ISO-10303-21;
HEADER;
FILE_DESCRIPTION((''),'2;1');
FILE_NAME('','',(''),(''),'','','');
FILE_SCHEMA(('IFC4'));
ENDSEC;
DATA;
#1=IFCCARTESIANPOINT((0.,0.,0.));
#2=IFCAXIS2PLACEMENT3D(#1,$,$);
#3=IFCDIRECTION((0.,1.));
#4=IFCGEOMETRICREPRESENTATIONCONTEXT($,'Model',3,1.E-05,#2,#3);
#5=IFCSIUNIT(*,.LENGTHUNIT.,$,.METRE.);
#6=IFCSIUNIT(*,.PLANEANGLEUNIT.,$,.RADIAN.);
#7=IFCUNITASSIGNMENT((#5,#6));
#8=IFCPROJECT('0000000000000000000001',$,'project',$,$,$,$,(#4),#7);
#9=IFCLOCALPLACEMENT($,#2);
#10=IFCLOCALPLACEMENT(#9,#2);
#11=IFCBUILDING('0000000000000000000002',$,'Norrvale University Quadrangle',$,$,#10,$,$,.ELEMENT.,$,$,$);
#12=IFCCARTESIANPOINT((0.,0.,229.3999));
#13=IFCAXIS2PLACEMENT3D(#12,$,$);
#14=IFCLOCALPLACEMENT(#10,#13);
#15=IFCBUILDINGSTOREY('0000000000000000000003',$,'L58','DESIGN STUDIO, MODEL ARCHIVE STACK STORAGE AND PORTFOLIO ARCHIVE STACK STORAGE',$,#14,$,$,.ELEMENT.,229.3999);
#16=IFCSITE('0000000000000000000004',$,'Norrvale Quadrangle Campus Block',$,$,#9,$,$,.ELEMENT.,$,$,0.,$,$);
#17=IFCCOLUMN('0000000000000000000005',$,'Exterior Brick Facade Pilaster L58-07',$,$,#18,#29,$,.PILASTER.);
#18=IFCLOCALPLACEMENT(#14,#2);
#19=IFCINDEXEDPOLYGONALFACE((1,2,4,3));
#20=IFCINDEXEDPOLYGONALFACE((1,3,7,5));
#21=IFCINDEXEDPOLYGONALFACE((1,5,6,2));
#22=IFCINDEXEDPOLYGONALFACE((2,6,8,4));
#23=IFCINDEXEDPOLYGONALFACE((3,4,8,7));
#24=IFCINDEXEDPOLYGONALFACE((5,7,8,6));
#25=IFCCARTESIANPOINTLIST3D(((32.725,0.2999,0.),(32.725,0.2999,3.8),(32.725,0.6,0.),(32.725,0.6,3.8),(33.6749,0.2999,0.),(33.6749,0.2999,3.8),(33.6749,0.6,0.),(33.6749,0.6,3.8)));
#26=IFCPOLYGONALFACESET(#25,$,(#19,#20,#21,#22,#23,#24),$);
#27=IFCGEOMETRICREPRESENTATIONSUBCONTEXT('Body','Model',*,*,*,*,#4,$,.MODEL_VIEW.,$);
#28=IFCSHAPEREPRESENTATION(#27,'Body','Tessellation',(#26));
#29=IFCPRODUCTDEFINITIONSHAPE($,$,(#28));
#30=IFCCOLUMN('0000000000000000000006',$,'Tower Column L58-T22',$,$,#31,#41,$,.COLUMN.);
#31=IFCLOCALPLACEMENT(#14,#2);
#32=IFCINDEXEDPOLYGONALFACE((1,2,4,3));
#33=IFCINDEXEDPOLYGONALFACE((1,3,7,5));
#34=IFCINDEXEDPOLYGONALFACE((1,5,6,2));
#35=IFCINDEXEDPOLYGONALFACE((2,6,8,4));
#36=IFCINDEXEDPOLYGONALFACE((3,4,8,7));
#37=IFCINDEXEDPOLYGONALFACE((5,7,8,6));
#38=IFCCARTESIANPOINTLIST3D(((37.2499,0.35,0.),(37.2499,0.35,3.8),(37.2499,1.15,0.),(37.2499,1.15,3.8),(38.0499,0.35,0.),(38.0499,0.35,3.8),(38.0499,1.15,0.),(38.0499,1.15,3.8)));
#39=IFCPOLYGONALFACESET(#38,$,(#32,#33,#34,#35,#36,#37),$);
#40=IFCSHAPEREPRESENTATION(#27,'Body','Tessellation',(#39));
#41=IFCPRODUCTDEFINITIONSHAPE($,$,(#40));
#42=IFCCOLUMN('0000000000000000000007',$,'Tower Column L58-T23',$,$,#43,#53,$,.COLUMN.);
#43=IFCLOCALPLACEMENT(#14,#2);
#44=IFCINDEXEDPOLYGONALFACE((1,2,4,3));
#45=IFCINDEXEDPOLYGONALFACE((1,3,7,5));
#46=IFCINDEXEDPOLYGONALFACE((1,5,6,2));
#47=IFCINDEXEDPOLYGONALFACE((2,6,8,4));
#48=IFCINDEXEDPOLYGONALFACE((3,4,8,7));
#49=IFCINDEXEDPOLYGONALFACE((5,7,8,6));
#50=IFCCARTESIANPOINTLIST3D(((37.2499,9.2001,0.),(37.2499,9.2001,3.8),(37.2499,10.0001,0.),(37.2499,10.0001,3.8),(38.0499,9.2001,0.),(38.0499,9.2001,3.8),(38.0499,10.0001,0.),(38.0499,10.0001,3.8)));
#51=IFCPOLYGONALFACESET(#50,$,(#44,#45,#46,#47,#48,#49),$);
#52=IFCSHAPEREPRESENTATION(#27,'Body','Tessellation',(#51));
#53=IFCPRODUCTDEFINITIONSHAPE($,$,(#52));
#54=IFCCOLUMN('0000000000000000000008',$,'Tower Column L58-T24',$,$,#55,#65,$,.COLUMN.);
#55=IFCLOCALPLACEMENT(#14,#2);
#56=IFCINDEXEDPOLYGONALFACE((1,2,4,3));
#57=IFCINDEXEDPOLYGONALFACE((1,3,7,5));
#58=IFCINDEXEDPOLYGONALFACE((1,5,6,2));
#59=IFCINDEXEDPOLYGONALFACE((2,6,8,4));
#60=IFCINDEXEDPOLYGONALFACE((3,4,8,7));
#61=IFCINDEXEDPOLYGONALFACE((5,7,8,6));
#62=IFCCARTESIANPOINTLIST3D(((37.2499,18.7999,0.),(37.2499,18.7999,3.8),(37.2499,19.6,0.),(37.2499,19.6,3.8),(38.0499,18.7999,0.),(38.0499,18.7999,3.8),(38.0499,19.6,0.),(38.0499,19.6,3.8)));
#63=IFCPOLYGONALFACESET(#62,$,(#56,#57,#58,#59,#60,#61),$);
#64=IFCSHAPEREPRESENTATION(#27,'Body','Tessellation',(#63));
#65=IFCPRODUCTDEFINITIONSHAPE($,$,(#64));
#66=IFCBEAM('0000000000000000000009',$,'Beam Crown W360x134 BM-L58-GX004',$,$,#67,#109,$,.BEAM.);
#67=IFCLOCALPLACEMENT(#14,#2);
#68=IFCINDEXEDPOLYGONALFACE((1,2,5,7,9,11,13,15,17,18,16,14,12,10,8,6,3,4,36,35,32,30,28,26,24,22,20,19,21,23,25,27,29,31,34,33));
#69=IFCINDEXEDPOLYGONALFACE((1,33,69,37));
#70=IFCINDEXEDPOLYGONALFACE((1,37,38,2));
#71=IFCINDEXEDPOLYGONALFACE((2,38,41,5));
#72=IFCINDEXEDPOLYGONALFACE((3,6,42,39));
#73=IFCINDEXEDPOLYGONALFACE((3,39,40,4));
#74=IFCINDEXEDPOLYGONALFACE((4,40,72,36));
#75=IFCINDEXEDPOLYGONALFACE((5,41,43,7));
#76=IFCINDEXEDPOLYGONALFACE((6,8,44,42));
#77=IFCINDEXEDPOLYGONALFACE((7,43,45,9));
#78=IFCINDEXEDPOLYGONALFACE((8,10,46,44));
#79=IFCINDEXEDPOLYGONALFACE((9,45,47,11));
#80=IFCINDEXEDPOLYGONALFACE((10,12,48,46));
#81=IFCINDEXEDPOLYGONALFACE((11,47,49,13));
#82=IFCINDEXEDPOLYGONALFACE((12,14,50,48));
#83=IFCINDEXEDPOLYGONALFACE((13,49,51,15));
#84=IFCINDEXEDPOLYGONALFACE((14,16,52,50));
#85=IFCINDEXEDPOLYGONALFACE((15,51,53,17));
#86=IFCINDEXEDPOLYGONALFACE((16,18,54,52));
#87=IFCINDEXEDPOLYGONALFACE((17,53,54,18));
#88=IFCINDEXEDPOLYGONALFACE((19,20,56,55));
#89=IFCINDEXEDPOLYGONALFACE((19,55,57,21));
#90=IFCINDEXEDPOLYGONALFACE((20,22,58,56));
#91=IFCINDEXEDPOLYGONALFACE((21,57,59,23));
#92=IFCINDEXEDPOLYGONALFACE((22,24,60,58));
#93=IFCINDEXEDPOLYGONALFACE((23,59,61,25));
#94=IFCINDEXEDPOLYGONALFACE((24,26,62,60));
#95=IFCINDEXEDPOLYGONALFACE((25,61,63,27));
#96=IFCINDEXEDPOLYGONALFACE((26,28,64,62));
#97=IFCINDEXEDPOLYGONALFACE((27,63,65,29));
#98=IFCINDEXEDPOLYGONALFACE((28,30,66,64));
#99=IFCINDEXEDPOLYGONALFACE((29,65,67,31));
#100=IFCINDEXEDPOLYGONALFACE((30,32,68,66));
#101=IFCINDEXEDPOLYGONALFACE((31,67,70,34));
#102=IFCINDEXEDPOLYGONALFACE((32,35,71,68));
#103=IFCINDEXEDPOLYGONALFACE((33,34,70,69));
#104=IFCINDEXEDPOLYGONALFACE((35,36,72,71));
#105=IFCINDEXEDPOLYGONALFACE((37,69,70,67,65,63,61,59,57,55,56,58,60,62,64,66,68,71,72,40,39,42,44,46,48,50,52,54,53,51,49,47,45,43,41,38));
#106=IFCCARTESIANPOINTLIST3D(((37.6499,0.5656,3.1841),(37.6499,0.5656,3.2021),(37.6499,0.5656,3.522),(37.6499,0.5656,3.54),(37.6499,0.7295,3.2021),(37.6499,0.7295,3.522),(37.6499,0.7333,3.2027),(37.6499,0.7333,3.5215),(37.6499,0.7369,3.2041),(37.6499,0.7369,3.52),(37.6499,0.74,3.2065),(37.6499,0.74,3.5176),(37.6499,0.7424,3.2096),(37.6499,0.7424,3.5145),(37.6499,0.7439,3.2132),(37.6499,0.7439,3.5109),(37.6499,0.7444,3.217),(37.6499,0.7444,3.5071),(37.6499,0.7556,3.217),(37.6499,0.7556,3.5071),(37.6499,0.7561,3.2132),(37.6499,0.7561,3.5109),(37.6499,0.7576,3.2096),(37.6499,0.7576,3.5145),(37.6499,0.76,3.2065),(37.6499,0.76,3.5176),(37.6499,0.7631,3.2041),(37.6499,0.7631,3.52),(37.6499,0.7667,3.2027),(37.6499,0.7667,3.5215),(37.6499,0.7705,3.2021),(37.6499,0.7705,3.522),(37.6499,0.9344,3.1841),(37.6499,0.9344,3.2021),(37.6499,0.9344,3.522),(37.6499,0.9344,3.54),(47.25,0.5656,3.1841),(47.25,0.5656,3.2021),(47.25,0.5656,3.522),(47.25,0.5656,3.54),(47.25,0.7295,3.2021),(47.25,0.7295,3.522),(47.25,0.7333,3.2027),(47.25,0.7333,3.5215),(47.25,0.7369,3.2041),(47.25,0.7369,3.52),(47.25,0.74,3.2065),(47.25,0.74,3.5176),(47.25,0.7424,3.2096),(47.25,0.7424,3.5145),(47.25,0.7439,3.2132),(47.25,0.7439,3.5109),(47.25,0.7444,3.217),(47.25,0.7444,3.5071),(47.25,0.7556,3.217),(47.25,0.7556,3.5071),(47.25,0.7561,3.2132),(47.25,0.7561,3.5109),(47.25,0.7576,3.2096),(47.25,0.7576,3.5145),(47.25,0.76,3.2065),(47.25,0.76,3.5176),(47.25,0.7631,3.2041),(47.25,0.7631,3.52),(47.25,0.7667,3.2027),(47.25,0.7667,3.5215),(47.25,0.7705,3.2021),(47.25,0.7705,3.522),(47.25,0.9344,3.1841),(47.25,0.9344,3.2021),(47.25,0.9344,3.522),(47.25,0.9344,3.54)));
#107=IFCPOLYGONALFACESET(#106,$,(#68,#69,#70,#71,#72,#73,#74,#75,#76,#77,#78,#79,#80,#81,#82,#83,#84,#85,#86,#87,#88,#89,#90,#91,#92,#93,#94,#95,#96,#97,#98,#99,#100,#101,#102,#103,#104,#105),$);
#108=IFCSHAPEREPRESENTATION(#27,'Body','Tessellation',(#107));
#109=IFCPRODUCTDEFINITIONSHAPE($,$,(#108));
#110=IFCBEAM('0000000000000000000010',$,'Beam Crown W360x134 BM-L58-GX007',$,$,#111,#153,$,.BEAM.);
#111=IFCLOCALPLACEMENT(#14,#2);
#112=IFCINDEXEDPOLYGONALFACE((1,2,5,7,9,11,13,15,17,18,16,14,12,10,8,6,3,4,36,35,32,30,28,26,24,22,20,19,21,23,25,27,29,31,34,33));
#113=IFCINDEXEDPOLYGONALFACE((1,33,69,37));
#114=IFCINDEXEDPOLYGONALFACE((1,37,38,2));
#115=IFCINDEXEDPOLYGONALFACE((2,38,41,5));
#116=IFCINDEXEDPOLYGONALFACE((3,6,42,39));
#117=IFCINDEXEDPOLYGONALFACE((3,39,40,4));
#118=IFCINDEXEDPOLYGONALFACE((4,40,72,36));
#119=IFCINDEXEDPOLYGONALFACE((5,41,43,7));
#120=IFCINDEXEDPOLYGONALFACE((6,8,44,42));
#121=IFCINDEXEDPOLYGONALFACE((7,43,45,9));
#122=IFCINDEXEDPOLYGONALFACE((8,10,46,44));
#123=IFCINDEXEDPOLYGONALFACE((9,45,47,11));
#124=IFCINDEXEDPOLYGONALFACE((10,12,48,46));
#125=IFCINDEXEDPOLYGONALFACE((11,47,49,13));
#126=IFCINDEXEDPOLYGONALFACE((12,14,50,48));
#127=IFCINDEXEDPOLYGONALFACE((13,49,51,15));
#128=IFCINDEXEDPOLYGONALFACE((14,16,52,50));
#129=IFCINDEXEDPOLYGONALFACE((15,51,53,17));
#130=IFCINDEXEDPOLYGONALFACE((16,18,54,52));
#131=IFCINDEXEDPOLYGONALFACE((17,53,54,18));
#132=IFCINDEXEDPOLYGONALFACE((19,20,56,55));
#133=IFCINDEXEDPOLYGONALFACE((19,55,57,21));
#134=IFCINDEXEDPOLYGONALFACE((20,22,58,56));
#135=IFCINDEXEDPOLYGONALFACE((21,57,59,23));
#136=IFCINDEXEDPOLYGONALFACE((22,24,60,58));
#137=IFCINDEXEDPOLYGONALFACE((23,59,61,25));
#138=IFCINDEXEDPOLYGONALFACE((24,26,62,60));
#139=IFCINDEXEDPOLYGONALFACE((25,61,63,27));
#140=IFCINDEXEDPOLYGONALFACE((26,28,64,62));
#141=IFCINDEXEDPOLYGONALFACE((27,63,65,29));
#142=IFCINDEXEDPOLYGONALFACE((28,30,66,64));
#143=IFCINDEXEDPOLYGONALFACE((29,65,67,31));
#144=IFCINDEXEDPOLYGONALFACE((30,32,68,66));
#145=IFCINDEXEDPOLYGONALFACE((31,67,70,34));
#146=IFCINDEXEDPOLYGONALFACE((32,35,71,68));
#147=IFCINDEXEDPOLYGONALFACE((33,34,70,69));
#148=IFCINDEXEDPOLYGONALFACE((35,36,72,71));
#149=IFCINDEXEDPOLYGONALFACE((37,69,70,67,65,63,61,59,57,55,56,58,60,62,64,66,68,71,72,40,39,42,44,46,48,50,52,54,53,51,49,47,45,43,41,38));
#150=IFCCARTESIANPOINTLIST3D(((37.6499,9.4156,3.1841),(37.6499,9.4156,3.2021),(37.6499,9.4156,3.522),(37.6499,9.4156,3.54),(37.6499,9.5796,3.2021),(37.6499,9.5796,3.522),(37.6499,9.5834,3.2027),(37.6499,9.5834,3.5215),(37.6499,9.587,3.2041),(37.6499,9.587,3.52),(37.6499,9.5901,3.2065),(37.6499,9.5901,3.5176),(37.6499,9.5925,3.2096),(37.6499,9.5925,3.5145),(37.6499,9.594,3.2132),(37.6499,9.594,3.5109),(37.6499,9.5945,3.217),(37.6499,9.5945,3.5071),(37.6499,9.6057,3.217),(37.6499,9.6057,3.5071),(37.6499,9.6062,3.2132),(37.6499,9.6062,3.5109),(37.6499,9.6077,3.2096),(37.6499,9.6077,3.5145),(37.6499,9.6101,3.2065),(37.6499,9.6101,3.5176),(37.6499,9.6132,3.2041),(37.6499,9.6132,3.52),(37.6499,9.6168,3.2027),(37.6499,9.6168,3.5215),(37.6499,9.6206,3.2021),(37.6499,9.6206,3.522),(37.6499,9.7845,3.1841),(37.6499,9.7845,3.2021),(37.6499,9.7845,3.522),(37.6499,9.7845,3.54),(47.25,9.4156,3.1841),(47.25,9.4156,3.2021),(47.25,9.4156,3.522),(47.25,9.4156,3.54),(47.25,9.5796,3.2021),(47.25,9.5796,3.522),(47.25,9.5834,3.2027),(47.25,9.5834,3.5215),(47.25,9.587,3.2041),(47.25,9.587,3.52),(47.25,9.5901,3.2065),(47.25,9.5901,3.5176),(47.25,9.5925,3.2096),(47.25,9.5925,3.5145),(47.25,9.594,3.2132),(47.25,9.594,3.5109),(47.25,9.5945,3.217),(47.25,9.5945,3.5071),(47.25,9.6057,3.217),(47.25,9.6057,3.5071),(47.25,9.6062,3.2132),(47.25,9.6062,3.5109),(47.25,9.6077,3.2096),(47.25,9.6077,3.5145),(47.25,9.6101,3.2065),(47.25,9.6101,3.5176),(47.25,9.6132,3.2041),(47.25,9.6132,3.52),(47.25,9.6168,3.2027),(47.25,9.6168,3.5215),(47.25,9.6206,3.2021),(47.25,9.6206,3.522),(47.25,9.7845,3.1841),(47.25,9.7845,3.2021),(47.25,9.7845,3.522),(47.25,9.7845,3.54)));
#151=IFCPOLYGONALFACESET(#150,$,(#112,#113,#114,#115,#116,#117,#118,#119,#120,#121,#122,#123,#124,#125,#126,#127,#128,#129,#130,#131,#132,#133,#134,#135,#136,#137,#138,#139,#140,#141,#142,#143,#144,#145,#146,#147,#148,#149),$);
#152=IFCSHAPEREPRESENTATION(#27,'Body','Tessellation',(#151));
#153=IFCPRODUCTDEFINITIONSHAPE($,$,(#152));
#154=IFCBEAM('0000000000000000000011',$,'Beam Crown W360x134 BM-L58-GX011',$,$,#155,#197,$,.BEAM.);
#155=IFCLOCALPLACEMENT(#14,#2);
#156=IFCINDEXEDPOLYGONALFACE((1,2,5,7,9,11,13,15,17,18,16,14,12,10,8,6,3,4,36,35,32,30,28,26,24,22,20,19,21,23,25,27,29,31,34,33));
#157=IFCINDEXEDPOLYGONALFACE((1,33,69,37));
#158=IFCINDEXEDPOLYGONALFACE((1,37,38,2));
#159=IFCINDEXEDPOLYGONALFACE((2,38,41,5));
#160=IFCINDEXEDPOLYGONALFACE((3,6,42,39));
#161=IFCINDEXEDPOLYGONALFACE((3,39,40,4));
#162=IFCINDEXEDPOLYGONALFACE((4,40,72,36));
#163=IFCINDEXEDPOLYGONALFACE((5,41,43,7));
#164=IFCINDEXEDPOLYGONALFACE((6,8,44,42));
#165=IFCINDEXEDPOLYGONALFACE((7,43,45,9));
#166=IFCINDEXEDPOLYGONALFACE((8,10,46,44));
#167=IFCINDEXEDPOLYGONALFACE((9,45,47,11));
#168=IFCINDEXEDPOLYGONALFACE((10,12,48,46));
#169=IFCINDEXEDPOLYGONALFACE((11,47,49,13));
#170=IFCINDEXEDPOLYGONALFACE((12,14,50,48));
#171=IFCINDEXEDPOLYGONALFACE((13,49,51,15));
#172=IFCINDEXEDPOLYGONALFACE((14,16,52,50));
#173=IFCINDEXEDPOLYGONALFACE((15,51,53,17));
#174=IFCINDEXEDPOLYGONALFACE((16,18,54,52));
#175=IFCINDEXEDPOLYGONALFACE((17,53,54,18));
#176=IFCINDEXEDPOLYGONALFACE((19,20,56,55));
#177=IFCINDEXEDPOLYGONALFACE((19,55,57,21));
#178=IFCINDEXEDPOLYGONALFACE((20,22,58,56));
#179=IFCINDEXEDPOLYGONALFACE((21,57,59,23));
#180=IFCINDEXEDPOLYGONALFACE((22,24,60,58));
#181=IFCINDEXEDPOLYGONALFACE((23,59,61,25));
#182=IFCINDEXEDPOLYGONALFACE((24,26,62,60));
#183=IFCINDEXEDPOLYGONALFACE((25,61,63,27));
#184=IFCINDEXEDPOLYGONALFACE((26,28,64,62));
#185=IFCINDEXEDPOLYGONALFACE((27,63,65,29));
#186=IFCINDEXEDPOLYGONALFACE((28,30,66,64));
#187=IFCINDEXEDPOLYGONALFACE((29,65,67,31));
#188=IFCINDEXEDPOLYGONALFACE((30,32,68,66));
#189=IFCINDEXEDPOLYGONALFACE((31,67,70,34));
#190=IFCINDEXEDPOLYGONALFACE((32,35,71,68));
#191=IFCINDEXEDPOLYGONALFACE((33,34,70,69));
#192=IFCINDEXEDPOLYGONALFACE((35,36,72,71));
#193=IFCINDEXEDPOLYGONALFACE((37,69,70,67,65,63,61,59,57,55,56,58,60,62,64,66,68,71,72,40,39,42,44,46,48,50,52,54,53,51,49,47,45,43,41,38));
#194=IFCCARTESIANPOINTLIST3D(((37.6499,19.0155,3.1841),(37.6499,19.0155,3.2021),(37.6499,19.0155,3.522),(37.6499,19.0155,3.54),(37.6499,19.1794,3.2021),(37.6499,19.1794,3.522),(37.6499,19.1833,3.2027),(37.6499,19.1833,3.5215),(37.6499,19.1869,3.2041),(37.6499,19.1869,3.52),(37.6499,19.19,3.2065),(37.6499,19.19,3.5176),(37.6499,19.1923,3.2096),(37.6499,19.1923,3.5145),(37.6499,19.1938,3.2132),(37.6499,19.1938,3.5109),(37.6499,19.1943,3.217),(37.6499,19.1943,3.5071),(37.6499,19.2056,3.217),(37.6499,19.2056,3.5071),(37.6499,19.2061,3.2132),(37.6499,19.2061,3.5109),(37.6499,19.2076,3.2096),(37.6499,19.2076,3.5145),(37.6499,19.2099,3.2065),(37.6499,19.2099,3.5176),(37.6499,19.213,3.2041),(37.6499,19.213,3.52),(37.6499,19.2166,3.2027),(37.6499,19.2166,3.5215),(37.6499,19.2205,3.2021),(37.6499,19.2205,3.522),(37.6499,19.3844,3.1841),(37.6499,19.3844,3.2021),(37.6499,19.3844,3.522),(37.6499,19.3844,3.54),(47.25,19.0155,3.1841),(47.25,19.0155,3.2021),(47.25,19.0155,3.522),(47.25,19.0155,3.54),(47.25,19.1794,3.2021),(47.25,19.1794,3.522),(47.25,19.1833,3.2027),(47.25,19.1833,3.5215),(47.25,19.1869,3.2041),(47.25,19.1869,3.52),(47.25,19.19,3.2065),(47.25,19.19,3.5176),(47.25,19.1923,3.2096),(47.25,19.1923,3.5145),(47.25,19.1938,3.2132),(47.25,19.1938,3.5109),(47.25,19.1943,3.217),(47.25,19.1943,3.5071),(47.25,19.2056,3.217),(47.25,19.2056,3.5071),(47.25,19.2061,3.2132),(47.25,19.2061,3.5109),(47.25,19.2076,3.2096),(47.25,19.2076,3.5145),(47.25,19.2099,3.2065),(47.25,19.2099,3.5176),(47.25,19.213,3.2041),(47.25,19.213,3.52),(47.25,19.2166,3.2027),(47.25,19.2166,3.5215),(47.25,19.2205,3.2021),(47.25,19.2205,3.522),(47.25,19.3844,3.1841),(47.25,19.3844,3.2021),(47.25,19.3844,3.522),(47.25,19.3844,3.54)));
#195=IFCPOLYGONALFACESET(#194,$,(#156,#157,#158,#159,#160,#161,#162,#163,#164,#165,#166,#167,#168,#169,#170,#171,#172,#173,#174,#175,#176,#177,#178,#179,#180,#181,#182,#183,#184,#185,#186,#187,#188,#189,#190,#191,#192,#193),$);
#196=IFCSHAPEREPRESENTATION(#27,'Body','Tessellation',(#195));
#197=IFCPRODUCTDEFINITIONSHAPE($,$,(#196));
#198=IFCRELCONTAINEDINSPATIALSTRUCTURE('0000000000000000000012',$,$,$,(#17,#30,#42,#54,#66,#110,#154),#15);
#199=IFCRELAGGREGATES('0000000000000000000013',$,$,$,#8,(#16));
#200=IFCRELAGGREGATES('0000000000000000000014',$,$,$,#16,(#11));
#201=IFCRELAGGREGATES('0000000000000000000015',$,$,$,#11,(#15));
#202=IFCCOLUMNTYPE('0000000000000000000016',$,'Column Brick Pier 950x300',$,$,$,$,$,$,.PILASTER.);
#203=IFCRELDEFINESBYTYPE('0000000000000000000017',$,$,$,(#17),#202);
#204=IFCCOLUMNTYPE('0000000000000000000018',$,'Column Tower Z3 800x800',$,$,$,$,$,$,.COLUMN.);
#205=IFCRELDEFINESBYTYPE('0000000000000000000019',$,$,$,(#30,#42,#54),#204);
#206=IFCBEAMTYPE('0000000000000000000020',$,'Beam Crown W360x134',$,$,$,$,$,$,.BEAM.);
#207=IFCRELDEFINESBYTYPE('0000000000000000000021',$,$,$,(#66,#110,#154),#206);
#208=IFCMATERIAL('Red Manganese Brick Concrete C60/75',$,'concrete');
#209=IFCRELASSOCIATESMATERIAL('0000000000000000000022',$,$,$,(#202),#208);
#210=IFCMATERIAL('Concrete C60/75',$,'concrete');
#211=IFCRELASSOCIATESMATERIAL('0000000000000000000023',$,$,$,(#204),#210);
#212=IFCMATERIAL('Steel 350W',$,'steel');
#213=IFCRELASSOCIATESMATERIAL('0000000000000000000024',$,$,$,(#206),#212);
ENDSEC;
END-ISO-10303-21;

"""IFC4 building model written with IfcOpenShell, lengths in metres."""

from ifc_helpers import new_model, si_unit, direction, frame, origin, origin_2d, place, context, subcontext, project, spatial, rectangle, i_section, extrude, material, material_profile, profile_set, type_object, element, save


model = new_model("IFC4")

# Units and contexts
model_context = context("Model", 3, precision=1e-05, world=origin(), true_north=direction((0.0, 1.0)))
body_context = subcontext(model_context, "Body", "Model", "MODEL_VIEW")
ifc_project = project(units=[si_unit("LENGTHUNIT", "METRE"), si_unit("PLANEANGLEUNIT", "RADIAN")], contexts=[model_context])

# Site, building, storey
site_placement = place(None, origin())
site = spatial("IfcSite", under=ifc_project, at=site_placement, Name="Norrvale Quadrangle Campus Block", CompositionType="ELEMENT", RefElevation=0.0)
building_placement = place(site_placement, origin())
building = spatial("IfcBuilding", under=site, at=building_placement, Name="Norrvale University Quadrangle", CompositionType="ELEMENT")
storey_placement = place(building_placement, frame((0.0, 0.0, 229.3999)))
storey = spatial("IfcBuildingStorey", under=building, at=storey_placement, Name="L58", Description="DESIGN STUDIO, MODEL ARCHIVE STACK STORAGE AND PORTFOLIO ARCHIVE STACK STORAGE", CompositionType="ELEMENT", Elevation=229.3999)

# Columns
ifc_material_1 = material(Name="Red Manganese Brick Concrete C60/75", Category="concrete")
ifc_material_profile_1 = material_profile(ifc_material_1, rectangle(XDim=0.95, YDim=0.3, at=origin_2d()), Name="Red Manganese Brick Concrete C60/75")
ifc_profile_set_1 = profile_set([ifc_material_profile_1], Name="Red Manganese Brick Concrete C60/75")
column_type_1 = type_object("IfcColumnType", Name="Column Brick Pier 950x300", PredefinedType="PILASTER", material=ifc_profile_set_1)
column_placement = place(storey_placement, frame((33.2, 0.45, 0.0), z_axis=(0.0, 0.0, 1.0), x_axis=(1.0, 0.0, 0.0)))
element("IfcColumn", 1, at=column_placement, inside=storey, type_object=column_type_1, Name="Exterior Brick Facade Pilaster L58-07", PredefinedType="PILASTER", context=body_context, shape_type="SweptSolid", body=[
    extrude(rectangle(XDim=0.95, YDim=0.3, at=origin_2d()), origin(), (0.0, 0.0, 1.0), 3.8),
])
ifc_material_2 = material(Name="Concrete C60/75", Category="concrete")
ifc_material_profile_2 = material_profile(ifc_material_2, rectangle(XDim=0.8, YDim=0.8, at=origin_2d()), Name="Concrete C60/75")
ifc_profile_set_2 = profile_set([ifc_material_profile_2], Name="Concrete C60/75")
column_type_2 = type_object("IfcColumnType", Name="Column Tower Z3 800x800", PredefinedType="COLUMN", material=ifc_profile_set_2)
for number, where, z_axis, x_axis, name in (
    (2, (37.6499, 0.75, 0.0), (0.0, 0.0, 1.0), (1.0, 0.0, 0.0), "Tower Column L58-T22"),
    (3, (37.6499, 9.6001, 0.0), (0.0, 0.0, 1.0), (1.0, 0.0, 0.0), "Tower Column L58-T23"),
    (4, (37.6499, 19.2, 0.0), (0.0, 0.0, 1.0), (1.0, 0.0, 0.0), "Tower Column L58-T24"),
):
    element("IfcColumn", number, at=place(storey_placement, frame(where, z_axis=z_axis, x_axis=x_axis)), inside=storey, type_object=column_type_2, Name=name, PredefinedType="COLUMN", context=body_context, shape_type="SweptSolid", body=[
        extrude(rectangle(XDim=0.8, YDim=0.8, at=origin_2d()), origin(), (0.0, 0.0, 1.0), 3.8),
    ])

# Beams
ifc_material_3 = material(Name="Steel 350W", Category="steel")
ifc_material_profile_3 = material_profile(ifc_material_3, i_section(OverallWidth=0.3689, OverallDepth=0.356, WebThickness=0.0112, FlangeThickness=0.0181, FilletRadius=0.0149, at=origin_2d()), Name="Steel 350W")
ifc_profile_set_3 = profile_set([ifc_material_profile_3], Name="Steel 350W")
beam_type_1 = type_object("IfcBeamType", Name="Beam Crown W360x134", PredefinedType="BEAM", material=ifc_profile_set_3)
for number, where, z_axis, x_axis, name in (
    (5, (37.6499, 0.75, 3.3621), (1.0, 0.0, 0.0), (0.0, 1.0, 0.0), "Beam Crown W360x134 BM-L58-GX004"),
    (6, (37.6499, 9.6001, 3.3621), (1.0, 0.0, 0.0), (0.0, 1.0, 0.0), "Beam Crown W360x134 BM-L58-GX007"),
    (7, (37.6499, 19.2, 3.3621), (1.0, 0.0, 0.0), (0.0, 1.0, 0.0), "Beam Crown W360x134 BM-L58-GX011"),
):
    element("IfcBeam", number, at=place(storey_placement, frame(where, z_axis=z_axis, x_axis=x_axis)), inside=storey, type_object=beam_type_1, Name=name, PredefinedType="BEAM", context=body_context, shape_type="SweptSolid", body=[
        extrude(i_section(OverallWidth=0.3689, OverallDepth=0.356, WebThickness=0.0112, FlangeThickness=0.0181, FilletRadius=0.0149, at=origin_2d()), origin(), (0.0, 0.0, 1.0), 9.6001),
    ])

save(model, "model.ifc")
